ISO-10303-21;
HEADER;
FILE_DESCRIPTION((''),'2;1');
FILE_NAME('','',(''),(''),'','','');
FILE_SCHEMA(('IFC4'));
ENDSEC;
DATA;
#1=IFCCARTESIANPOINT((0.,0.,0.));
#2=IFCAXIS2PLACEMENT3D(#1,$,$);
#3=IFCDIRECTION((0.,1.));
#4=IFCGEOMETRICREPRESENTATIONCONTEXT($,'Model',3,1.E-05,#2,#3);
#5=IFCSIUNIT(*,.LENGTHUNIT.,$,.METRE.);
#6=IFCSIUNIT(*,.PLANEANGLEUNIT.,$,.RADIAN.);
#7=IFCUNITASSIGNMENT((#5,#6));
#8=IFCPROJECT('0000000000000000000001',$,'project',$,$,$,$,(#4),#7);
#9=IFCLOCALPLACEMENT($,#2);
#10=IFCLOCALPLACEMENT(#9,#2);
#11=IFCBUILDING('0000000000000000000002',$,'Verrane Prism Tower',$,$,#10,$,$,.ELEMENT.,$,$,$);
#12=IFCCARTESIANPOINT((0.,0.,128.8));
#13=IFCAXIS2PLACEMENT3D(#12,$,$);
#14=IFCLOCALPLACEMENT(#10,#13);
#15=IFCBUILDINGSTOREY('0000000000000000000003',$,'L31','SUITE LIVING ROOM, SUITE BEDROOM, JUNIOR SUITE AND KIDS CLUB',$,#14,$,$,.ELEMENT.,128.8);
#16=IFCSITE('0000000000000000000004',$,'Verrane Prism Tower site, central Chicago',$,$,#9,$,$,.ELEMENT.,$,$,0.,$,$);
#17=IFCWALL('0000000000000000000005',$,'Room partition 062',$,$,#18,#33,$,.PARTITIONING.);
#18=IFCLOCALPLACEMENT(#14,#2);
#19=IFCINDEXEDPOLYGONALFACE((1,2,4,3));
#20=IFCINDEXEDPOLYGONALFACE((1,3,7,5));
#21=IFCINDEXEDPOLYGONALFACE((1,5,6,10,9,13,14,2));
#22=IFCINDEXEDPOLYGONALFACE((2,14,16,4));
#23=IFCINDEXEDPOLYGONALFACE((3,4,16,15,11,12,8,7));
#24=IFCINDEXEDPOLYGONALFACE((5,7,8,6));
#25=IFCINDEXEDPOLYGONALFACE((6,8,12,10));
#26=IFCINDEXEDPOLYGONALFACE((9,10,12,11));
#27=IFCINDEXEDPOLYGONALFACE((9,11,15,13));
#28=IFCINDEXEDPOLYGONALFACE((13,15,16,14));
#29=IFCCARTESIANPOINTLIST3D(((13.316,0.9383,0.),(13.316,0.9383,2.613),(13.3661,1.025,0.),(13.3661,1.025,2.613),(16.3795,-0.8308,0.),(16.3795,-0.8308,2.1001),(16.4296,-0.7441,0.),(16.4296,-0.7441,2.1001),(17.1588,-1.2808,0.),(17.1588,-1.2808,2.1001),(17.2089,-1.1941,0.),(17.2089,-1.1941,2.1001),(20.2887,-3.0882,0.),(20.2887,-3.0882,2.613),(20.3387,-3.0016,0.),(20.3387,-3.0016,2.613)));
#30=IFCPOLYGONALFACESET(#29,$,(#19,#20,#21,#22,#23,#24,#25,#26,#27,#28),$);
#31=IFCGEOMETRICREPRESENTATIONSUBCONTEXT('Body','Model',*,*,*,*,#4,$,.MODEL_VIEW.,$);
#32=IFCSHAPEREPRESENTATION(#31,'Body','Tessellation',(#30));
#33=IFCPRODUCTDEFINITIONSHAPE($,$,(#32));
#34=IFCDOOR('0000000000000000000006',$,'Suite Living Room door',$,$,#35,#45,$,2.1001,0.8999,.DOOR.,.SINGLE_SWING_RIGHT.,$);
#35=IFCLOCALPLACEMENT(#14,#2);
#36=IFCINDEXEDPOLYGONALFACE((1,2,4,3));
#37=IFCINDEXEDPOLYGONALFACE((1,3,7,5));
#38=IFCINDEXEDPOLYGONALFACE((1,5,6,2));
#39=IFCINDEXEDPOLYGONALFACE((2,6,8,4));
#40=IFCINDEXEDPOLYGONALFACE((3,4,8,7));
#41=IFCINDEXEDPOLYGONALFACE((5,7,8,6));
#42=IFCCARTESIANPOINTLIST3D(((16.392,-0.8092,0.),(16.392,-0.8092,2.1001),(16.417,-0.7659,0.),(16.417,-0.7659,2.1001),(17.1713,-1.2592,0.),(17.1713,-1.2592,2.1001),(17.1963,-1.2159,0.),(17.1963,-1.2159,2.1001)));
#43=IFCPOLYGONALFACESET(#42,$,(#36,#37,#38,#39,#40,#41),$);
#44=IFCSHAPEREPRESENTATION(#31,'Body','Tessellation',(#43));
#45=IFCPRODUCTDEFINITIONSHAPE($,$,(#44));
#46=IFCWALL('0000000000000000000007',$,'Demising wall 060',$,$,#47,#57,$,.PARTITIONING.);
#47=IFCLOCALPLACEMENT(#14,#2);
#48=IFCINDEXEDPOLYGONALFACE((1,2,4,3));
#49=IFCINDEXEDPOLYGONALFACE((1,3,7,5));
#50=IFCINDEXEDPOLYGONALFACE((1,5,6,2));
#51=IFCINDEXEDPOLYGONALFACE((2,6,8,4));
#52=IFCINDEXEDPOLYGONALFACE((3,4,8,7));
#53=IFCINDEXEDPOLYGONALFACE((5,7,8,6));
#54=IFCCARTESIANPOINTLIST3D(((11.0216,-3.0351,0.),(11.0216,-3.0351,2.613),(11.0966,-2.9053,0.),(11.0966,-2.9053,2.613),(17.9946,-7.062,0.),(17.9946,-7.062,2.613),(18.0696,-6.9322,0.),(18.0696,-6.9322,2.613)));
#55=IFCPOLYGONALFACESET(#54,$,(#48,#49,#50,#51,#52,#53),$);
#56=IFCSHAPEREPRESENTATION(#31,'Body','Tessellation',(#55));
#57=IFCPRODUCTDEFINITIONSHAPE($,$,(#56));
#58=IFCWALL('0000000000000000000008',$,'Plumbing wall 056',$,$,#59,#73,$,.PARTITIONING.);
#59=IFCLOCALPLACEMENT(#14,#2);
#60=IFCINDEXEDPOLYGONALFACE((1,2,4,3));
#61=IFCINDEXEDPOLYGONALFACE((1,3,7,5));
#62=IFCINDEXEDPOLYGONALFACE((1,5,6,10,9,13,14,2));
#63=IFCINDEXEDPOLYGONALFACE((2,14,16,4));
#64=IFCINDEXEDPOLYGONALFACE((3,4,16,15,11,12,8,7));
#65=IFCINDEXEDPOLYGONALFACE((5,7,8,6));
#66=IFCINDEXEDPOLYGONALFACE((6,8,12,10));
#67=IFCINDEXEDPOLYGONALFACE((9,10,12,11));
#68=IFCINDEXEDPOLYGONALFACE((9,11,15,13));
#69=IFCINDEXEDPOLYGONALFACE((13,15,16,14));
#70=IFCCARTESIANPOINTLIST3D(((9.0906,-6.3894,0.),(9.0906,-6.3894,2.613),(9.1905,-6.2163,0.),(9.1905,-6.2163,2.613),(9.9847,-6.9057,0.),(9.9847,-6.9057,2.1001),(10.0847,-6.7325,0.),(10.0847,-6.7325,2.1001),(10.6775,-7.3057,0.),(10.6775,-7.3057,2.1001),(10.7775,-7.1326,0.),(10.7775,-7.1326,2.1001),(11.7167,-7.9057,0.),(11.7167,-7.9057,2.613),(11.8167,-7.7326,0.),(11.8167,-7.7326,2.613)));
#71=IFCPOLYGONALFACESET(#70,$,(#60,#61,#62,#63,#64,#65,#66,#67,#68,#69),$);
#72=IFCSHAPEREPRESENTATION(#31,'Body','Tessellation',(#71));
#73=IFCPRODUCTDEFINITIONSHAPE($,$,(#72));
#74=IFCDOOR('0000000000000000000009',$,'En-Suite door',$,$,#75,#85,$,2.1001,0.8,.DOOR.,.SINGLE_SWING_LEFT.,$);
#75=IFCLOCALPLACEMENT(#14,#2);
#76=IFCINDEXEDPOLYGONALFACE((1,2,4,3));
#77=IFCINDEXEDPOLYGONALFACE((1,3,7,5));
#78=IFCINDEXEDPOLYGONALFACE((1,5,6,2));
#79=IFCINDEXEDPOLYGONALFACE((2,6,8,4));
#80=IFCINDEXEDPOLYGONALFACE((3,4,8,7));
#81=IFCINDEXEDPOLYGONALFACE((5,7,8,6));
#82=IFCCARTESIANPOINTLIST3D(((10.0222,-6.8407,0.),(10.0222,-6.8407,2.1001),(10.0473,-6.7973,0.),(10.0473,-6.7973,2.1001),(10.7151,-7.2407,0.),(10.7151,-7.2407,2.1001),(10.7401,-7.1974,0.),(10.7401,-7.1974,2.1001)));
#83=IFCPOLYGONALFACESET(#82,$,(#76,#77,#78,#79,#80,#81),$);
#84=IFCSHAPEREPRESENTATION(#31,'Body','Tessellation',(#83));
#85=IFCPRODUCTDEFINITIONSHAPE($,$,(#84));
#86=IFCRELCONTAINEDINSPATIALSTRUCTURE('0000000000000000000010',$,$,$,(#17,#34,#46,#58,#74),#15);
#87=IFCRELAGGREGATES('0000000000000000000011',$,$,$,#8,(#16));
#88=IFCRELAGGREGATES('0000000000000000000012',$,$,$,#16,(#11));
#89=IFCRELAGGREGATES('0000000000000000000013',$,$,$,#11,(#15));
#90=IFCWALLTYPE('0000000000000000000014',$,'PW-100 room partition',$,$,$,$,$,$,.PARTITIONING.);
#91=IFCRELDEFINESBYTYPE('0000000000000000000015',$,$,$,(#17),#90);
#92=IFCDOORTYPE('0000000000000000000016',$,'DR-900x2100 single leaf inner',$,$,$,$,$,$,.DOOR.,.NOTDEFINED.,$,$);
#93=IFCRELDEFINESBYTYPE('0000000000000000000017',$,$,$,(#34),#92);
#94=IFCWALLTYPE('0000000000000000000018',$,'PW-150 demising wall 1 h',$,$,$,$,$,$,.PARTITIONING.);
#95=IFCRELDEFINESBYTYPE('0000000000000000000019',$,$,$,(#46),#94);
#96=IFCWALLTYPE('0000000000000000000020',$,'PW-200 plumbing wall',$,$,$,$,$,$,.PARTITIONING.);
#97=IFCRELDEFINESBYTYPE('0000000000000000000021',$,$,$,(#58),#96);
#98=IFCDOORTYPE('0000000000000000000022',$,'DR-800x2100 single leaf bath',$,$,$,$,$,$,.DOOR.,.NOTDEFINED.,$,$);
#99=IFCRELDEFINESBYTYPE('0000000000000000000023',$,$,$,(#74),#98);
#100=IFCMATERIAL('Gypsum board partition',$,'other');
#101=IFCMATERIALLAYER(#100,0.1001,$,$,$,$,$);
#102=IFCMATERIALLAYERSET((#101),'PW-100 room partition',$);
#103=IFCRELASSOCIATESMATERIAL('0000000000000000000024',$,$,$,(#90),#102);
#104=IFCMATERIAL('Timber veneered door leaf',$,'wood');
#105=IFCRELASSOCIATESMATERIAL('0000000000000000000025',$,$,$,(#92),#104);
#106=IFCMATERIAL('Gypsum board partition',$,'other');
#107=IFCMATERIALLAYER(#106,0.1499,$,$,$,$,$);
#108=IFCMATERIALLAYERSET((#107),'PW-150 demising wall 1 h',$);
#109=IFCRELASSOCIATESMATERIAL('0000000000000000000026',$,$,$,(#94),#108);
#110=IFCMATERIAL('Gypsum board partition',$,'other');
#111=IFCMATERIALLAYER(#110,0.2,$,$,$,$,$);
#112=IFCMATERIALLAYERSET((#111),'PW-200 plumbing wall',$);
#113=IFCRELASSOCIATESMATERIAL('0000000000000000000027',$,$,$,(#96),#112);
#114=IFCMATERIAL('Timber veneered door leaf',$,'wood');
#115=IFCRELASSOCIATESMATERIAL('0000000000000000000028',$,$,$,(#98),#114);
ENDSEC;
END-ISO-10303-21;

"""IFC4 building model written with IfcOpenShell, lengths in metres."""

from ifc_helpers import new_model, si_unit, direction, frame, frame_2d, origin, place, context, subcontext, project, spatial, rectangle, extrude, material, layer, layer_set, type_object, element, fill, save


model = new_model("IFC4")

# Units and contexts
model_context = context("Model", 3, precision=1e-05, world=origin(), true_north=direction((0.0, 1.0)))
body_context = subcontext(model_context, "Body", "Model", "MODEL_VIEW")
ifc_project = project(units=[si_unit("LENGTHUNIT", "METRE"), si_unit("PLANEANGLEUNIT", "RADIAN")], contexts=[model_context])

# Site, building, storey
site_placement = place(None, origin())
site = spatial("IfcSite", under=ifc_project, at=site_placement, Name="Verrane Prism Tower site, central Chicago", CompositionType="ELEMENT", RefElevation=0.0)
building_placement = place(site_placement, origin())
building = spatial("IfcBuilding", under=site, at=building_placement, Name="Verrane Prism Tower", CompositionType="ELEMENT")
storey_placement = place(building_placement, frame((0.0, 0.0, 128.8)))
storey = spatial("IfcBuildingStorey", under=building, at=storey_placement, Name="L31", Description="SUITE LIVING ROOM, SUITE BEDROOM, JUNIOR SUITE AND KIDS CLUB", CompositionType="ELEMENT", Elevation=128.8)

# Wall, opening, door
ifc_material_1 = material(Name="Gypsum board partition", Category="other")
ifc_layer_1 = layer(ifc_material_1, 0.1001)
ifc_layer_set_1 = layer_set([ifc_layer_1], Name="PW-100 room partition")
wall_type_1 = type_object("IfcWallType", Name="PW-100 room partition", PredefinedType="PARTITIONING", material=ifc_layer_set_1)
wall_1_placement = place(storey_placement, frame((13.3411, 0.9817, 0.0), z_axis=(0.0, 0.0, 1.0), x_axis=(0.865975, -0.500088, 0.0)))
wall_1 = element("IfcWall", 1, at=wall_1_placement, inside=storey, type_object=wall_type_1, Name="Room partition 062", PredefinedType="PARTITIONING", context=body_context, shape_type="SweptSolid", body=[
    extrude(rectangle(XDim=8.0518, YDim=0.1001, at=frame_2d((4.0259, 0.0))), origin(), (0.0, 0.0, 1.0), 2.613),
])
opening_1_placement = place(wall_1_placement, frame((3.5376, 0.0, 0.0)))
opening_1 = element("IfcOpeningElement", 2, at=opening_1_placement, cuts=wall_1, PredefinedType="OPENING", context=body_context, shape_type="SweptSolid", body=[
    extrude(rectangle(XDim=0.8999, YDim=2.1001, at=frame_2d((0.45, 1.05))), frame((0.0, 0.0601, 0.0), z_axis=(0.0, -1.0, 0.0), x_axis=(1.0, 0.0, 0.0)), (0.0, 0.0, 1.0), 0.1201),
])
ifc_material_2 = material(Name="Timber veneered door leaf", Category="wood")
door_type_1 = type_object("IfcDoorType", Name="DR-900x2100 single leaf inner", OperationType="NOTDEFINED", PredefinedType="DOOR", material=ifc_material_2)
door_1_placement = place(opening_1_placement, origin())
door_1 = element("IfcDoor", 3, at=door_1_placement, inside=storey, type_object=door_type_1, Name="Suite Living Room door", OperationType="SINGLE_SWING_RIGHT", OverallHeight=2.1001, OverallWidth=0.8999, PredefinedType="DOOR", context=body_context, shape_type="SweptSolid", body=[
    extrude(rectangle(XDim=0.8999, YDim=2.1001, at=frame_2d((0.45, 1.05))), frame((0.0, 0.0249, 0.0), z_axis=(0.0, -1.0, 0.0), x_axis=(1.0, 0.0, 0.0)), (0.0, 0.0, 1.0), 0.05),
])
fill(opening_1, door_1)

# Wall
ifc_material_3 = material(Name="Gypsum board partition", Category="other")
ifc_layer_2 = layer(ifc_material_3, 0.1499)
ifc_layer_set_2 = layer_set([ifc_layer_2], Name="PW-150 demising wall 1 h")
wall_type_2 = type_object("IfcWallType", Name="PW-150 demising wall 1 h", PredefinedType="PARTITIONING", material=ifc_layer_set_2)
wall_2_placement = place(storey_placement, frame((11.0591, -2.9702, 0.0), z_axis=(0.0, 0.0, 1.0), x_axis=(0.865969, -0.500098, 0.0)))
element("IfcWall", 4, at=wall_2_placement, inside=storey, type_object=wall_type_2, Name="Demising wall 060", PredefinedType="PARTITIONING", context=body_context, shape_type="SweptSolid", body=[
    extrude(rectangle(XDim=8.0522, YDim=0.1499, at=frame_2d((4.0261, 0.0))), origin(), (0.0, 0.0, 1.0), 2.613),
])

# Wall, opening, door
ifc_material_4 = material(Name="Gypsum board partition", Category="other")
ifc_layer_3 = layer(ifc_material_4, 0.2)
ifc_layer_set_3 = layer_set([ifc_layer_3], Name="PW-200 plumbing wall")
wall_type_3 = type_object("IfcWallType", Name="PW-200 plumbing wall", PredefinedType="PARTITIONING", material=ifc_layer_set_3)
wall_3_placement = place(storey_placement, frame((11.7666, -7.8191, 0.0), z_axis=(0.0, 0.0, 1.0), x_axis=(-0.86601, 0.500027, 0.0)))
wall_3 = element("IfcWall", 5, at=wall_3_placement, inside=storey, type_object=wall_type_3, Name="Plumbing wall 056", PredefinedType="PARTITIONING", context=body_context, shape_type="SweptSolid", body=[
    extrude(rectangle(XDim=3.0325, YDim=0.2, at=frame_2d((1.5161, 0.0))), origin(), (0.0, 0.0, 1.0), 2.613),
])
opening_2_placement = place(wall_3_placement, frame((1.2, 0.0, 0.0)))
opening_2 = element("IfcOpeningElement", 6, at=opening_2_placement, cuts=wall_3, PredefinedType="OPENING", context=body_context, shape_type="SweptSolid", body=[
    extrude(rectangle(XDim=0.8, YDim=2.1001, at=frame_2d((0.3999, 1.05))), frame((0.0, 0.1099, 0.0), z_axis=(0.0, -1.0, 0.0), x_axis=(1.0, 0.0, 0.0)), (0.0, 0.0, 1.0), 0.22),
])
ifc_material_5 = material(Name="Timber veneered door leaf", Category="wood")
door_type_2 = type_object("IfcDoorType", Name="DR-800x2100 single leaf bath", OperationType="NOTDEFINED", PredefinedType="DOOR", material=ifc_material_5)
door_2_placement = place(opening_2_placement, origin())
door_2 = element("IfcDoor", 7, at=door_2_placement, inside=storey, type_object=door_type_2, Name="En-Suite door", OperationType="SINGLE_SWING_LEFT", OverallHeight=2.1001, OverallWidth=0.8, PredefinedType="DOOR", context=body_context, shape_type="SweptSolid", body=[
    extrude(rectangle(XDim=0.8, YDim=2.1001, at=frame_2d((0.3999, 1.05))), frame((0.0, 0.0249, 0.0), z_axis=(0.0, -1.0, 0.0), x_axis=(1.0, 0.0, 0.0)), (0.0, 0.0, 1.0), 0.05),
])
fill(opening_2, door_2)

save(model, "model.ifc")
